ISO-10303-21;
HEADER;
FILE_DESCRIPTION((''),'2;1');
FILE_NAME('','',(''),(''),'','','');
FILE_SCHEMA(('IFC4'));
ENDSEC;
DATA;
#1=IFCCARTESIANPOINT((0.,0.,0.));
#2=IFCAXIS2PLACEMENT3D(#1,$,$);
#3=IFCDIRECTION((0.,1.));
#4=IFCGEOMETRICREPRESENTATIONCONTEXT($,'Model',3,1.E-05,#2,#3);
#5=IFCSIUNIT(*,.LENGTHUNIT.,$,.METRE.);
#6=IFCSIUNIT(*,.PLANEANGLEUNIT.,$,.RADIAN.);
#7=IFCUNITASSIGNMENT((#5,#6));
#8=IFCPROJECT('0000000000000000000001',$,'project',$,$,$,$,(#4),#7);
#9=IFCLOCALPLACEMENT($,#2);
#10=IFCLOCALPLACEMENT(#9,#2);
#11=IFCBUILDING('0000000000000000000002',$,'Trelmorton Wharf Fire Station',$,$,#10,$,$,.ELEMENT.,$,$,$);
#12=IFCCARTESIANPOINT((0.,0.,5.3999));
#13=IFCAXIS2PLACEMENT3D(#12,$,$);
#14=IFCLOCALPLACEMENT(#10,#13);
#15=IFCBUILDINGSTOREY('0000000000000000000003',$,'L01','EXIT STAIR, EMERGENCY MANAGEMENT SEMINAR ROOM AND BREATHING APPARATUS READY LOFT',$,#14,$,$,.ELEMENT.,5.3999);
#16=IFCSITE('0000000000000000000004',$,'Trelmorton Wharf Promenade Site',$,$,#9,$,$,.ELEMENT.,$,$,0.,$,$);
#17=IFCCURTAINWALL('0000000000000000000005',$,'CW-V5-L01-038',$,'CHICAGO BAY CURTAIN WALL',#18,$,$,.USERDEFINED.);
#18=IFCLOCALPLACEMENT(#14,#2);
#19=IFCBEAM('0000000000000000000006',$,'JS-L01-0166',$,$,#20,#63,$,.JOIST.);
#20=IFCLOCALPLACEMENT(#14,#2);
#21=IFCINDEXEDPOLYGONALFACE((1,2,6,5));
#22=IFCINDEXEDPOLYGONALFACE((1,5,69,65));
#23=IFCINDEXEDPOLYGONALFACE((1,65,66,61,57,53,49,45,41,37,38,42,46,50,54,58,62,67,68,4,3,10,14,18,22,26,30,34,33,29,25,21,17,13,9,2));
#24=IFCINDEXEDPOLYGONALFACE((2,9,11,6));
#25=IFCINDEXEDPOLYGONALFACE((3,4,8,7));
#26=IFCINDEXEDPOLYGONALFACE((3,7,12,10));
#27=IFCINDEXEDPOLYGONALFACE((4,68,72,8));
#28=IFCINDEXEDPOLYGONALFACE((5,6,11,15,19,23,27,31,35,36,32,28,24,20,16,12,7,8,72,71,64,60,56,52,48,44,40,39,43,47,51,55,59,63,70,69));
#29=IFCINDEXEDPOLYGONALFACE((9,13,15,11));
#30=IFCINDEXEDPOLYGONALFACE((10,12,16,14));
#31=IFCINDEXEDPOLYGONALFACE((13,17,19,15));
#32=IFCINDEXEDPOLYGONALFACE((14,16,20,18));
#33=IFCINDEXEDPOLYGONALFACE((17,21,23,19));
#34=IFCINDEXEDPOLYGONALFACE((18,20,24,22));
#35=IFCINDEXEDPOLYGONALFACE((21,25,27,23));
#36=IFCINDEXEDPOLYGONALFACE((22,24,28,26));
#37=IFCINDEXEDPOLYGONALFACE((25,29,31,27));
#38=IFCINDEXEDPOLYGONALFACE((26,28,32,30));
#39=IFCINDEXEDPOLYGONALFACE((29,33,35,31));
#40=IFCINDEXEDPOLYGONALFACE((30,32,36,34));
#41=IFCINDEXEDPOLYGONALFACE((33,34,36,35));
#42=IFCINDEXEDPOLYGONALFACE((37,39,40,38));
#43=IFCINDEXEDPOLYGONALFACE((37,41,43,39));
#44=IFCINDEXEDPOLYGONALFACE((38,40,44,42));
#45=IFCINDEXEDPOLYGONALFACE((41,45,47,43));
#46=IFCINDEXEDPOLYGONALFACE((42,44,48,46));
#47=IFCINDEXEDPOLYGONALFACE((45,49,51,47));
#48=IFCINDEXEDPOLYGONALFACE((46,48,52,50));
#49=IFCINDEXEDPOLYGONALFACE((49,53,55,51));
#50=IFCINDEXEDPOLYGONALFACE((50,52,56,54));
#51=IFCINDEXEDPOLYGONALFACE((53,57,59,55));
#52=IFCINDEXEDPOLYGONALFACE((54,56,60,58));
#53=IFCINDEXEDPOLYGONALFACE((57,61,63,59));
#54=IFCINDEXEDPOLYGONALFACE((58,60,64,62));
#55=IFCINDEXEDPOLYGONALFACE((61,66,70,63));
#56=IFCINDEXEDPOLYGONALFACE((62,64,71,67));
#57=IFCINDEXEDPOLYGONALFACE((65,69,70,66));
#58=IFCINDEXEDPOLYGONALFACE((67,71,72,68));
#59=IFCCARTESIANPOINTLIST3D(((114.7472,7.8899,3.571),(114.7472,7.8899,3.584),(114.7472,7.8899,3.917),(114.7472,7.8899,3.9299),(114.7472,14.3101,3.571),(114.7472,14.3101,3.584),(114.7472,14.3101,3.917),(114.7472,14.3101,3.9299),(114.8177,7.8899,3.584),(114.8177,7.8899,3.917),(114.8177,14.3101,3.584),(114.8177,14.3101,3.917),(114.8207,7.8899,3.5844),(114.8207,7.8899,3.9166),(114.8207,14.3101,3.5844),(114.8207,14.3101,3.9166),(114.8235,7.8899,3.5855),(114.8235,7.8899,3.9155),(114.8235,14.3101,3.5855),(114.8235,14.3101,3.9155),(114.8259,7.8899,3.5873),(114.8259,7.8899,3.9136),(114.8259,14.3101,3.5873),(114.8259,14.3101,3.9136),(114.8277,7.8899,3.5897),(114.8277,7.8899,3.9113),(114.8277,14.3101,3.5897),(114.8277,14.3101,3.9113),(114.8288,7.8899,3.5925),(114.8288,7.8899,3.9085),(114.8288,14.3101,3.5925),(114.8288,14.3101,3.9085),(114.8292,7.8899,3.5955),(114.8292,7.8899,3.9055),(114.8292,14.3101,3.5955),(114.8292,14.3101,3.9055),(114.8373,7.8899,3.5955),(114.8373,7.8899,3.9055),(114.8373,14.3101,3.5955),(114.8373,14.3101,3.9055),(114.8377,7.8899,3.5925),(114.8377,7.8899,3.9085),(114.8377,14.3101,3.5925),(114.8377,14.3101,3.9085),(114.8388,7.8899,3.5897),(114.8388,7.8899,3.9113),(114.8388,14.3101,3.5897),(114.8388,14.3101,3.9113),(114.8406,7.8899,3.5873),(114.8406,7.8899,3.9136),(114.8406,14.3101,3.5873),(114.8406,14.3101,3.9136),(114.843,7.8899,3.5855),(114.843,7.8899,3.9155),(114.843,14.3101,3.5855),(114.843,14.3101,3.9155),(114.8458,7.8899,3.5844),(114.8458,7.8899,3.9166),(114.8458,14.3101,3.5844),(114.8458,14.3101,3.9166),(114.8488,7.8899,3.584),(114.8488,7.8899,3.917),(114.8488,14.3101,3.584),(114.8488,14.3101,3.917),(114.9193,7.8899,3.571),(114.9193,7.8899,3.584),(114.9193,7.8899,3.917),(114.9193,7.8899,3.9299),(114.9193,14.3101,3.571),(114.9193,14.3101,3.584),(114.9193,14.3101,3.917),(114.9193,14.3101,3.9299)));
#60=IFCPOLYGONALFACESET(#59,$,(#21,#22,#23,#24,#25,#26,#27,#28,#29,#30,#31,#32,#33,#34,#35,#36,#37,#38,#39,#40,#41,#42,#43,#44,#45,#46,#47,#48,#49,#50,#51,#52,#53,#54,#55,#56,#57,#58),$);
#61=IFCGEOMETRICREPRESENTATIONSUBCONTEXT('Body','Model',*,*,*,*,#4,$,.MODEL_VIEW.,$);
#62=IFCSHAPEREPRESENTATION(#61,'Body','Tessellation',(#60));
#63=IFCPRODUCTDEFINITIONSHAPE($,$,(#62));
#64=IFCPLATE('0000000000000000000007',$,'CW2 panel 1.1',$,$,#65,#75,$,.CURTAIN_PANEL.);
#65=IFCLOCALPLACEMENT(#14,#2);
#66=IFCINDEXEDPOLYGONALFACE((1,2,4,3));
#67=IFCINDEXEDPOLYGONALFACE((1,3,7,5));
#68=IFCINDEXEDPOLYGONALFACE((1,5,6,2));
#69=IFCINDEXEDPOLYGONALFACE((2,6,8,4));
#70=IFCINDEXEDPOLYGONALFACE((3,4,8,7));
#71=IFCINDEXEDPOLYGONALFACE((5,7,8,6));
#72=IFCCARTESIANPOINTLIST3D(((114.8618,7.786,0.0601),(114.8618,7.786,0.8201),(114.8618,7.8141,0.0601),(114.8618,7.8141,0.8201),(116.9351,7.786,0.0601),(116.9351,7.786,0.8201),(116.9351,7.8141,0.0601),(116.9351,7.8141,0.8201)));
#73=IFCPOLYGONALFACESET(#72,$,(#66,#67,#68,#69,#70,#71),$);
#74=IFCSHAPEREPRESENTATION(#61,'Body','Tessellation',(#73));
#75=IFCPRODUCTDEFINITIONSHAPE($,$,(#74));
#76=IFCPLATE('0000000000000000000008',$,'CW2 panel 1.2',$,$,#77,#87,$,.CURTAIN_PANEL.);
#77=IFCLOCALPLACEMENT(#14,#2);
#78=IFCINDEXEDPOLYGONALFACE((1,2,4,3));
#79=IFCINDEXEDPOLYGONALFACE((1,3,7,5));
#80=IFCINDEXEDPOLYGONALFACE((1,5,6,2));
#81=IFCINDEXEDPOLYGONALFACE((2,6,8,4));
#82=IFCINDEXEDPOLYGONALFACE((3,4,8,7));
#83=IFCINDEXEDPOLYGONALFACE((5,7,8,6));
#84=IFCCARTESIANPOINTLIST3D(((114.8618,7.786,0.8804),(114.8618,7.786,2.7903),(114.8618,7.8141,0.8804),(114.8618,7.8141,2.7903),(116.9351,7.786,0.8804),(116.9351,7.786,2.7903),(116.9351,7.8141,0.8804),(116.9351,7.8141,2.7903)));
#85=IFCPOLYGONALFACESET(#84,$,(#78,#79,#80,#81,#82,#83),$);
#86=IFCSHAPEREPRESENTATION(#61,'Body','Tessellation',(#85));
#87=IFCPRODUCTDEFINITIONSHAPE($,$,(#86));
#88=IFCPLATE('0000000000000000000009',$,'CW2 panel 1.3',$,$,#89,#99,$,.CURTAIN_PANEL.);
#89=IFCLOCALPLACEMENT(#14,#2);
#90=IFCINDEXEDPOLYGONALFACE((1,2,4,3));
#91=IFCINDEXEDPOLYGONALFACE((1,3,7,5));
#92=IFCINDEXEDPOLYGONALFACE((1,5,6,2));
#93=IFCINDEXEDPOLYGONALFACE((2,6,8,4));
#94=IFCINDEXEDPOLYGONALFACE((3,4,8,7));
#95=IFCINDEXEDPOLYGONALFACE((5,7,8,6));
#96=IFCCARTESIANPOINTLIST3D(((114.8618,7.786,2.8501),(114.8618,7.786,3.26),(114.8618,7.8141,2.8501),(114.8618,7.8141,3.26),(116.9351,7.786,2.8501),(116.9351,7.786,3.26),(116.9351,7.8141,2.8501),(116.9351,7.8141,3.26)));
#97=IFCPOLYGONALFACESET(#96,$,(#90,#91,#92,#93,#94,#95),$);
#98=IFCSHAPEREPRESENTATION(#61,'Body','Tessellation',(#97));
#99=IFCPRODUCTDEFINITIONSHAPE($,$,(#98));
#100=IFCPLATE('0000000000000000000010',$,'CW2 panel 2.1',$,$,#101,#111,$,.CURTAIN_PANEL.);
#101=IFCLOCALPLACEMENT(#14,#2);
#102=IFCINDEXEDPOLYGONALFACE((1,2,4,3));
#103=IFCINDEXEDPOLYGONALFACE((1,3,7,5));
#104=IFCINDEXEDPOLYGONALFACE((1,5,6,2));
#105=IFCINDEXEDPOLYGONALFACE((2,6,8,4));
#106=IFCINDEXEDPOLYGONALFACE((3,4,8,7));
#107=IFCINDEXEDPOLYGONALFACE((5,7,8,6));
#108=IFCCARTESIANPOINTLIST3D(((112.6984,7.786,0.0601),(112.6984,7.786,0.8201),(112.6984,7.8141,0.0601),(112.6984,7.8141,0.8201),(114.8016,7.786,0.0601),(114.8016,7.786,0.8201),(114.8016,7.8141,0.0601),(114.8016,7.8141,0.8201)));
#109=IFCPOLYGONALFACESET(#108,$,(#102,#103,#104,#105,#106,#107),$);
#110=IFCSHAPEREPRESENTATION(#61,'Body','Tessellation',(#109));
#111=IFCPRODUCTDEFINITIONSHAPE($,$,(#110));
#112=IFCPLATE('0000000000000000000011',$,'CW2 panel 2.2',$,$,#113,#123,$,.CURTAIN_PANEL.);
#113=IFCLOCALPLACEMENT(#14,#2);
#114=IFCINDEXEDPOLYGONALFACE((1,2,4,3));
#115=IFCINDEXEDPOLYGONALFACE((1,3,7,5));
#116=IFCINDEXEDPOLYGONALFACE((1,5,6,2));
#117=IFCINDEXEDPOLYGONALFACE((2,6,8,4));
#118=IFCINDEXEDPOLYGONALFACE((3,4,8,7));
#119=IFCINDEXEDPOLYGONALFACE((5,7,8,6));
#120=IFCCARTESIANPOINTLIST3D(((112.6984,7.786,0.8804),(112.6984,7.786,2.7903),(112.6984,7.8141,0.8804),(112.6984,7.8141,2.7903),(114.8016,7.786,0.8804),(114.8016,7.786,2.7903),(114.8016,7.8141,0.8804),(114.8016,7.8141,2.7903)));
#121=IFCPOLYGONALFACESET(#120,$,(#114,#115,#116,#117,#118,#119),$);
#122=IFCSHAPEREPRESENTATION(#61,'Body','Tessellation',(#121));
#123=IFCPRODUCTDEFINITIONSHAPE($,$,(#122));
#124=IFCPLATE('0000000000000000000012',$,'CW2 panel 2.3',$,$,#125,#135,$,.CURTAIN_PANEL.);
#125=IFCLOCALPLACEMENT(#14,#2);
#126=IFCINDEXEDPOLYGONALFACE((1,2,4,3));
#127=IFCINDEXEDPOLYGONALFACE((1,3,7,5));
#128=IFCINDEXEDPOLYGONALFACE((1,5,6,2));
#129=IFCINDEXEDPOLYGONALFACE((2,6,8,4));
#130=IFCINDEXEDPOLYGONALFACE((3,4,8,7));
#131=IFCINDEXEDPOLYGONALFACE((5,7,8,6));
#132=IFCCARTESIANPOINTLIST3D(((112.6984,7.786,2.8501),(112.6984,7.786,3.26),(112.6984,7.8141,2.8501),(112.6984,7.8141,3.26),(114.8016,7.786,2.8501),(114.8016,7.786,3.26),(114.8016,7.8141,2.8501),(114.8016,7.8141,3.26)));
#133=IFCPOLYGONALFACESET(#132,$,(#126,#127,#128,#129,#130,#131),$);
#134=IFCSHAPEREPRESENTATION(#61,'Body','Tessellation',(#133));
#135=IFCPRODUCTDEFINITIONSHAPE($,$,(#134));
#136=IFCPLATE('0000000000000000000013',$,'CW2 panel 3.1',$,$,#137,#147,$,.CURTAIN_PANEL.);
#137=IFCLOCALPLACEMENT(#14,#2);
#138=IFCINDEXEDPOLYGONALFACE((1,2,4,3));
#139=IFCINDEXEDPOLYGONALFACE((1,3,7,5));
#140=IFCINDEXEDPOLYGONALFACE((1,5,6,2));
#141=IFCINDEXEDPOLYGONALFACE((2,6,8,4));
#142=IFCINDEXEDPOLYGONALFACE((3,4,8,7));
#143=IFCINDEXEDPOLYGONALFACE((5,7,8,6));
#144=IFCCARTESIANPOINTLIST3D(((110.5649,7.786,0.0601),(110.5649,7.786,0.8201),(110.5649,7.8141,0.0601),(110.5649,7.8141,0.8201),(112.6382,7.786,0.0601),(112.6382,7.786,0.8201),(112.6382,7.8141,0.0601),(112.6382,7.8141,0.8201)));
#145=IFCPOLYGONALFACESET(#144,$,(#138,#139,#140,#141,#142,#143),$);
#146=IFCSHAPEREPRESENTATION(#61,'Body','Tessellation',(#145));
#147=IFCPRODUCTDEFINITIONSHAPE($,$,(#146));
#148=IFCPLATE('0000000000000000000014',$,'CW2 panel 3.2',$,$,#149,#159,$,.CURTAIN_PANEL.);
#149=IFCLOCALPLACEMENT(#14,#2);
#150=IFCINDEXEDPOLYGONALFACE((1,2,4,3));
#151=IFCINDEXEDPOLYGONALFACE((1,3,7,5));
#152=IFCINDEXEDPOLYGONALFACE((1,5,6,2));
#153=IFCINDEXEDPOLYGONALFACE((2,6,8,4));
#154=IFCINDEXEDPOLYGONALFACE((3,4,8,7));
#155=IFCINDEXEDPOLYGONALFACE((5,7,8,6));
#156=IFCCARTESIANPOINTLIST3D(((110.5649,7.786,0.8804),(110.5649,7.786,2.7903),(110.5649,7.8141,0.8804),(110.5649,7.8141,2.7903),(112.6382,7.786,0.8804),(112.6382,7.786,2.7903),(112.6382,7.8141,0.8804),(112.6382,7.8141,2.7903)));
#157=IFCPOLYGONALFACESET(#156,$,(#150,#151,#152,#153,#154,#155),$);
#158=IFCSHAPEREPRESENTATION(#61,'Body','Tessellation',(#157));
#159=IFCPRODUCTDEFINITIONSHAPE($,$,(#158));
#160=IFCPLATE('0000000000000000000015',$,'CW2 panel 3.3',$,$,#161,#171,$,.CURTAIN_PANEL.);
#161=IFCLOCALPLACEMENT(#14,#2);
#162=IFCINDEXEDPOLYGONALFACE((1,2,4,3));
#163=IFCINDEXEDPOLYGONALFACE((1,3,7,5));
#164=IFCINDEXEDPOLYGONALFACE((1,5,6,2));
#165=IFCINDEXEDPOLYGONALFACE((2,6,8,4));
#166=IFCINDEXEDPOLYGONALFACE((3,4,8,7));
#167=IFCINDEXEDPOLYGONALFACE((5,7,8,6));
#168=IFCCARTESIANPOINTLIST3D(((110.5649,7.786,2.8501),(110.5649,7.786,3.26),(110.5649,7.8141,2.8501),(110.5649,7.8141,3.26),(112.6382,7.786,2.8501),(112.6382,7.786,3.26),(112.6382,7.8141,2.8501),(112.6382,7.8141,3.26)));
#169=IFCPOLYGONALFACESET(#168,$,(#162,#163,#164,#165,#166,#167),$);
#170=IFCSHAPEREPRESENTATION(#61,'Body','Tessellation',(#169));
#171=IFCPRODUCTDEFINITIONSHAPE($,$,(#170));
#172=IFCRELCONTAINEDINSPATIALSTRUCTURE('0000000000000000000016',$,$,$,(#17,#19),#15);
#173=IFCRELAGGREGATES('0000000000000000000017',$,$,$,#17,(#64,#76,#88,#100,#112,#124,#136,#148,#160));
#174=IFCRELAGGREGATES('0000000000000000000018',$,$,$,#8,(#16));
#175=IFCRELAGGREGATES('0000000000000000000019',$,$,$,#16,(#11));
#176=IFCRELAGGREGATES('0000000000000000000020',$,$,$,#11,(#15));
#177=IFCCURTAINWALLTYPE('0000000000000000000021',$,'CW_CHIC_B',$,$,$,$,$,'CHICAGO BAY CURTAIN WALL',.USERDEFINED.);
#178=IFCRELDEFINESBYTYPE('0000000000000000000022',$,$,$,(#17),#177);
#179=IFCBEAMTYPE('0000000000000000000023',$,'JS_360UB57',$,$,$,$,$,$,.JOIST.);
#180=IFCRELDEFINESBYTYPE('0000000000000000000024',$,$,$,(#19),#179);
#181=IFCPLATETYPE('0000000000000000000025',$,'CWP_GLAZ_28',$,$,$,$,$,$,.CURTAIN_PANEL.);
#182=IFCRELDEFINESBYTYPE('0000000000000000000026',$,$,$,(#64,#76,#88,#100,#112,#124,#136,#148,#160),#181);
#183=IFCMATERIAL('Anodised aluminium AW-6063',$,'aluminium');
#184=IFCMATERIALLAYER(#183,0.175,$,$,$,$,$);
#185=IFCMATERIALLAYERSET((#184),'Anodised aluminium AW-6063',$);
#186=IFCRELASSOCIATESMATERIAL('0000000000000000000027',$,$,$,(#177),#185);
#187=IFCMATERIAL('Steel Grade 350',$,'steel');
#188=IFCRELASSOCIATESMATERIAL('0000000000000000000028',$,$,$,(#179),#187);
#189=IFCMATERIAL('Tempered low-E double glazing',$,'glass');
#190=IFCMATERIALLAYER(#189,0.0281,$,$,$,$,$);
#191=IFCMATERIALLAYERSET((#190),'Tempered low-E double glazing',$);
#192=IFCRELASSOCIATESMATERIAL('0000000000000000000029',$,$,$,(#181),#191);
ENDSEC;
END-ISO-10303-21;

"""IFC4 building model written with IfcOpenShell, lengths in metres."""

from ifc_helpers import new_model, si_unit, direction, frame, origin, origin_2d, place, context, subcontext, project, spatial, rectangle, i_section, extrude, material, layer, layer_set, material_profile, profile_set, type_object, element, aggregate, save


model = new_model("IFC4")

# Units and contexts
model_context = context("Model", 3, precision=1e-05, world=origin(), true_north=direction((0.0, 1.0)))
body_context = subcontext(model_context, "Body", "Model", "MODEL_VIEW")
ifc_project = project(units=[si_unit("LENGTHUNIT", "METRE"), si_unit("PLANEANGLEUNIT", "RADIAN")], contexts=[model_context])

# Site, building, storey
site_placement = place(None, origin())
site = spatial("IfcSite", under=ifc_project, at=site_placement, Name="Trelmorton Wharf Promenade Site", CompositionType="ELEMENT", RefElevation=0.0)
building_placement = place(site_placement, origin())
building = spatial("IfcBuilding", under=site, at=building_placement, Name="Trelmorton Wharf Fire Station", CompositionType="ELEMENT")
storey_placement = place(building_placement, frame((0.0, 0.0, 5.3999)))
storey = spatial("IfcBuildingStorey", under=building, at=storey_placement, Name="L01", Description="EXIT STAIR, EMERGENCY MANAGEMENT SEMINAR ROOM AND BREATHING APPARATUS READY LOFT", CompositionType="ELEMENT", Elevation=5.3999)

# Shared definitions
ifc_material_1 = material(Name="Steel Grade 350", Category="steel")

# Curtain wall
ifc_material_2 = material(Name="Anodised aluminium AW-6063", Category="aluminium")
ifc_layer_1 = layer(ifc_material_2, 0.175)
ifc_layer_set_1 = layer_set([ifc_layer_1], Name="Anodised aluminium AW-6063")
curtain_wall_type = type_object("IfcCurtainWallType", Name="CW_CHIC_B", ElementType="CHICAGO BAY CURTAIN WALL", PredefinedType="USERDEFINED", material=ifc_layer_set_1)
curtain_wall_placement = place(storey_placement, origin())
curtain_wall = element("IfcCurtainWall", 1, at=curtain_wall_placement, inside=storey, type_object=curtain_wall_type, Name="CW-V5-L01-038", ObjectType="CHICAGO BAY CURTAIN WALL", PredefinedType="USERDEFINED")

# Beam
ifc_material_profile_1 = material_profile(ifc_material_1, i_section(OverallWidth=0.1721, OverallDepth=0.3589, WebThickness=0.0081, FlangeThickness=0.0129, FilletRadius=0.0115, at=origin_2d()), Name="360UB56.7")
ifc_profile_set_1 = profile_set([ifc_material_profile_1], Name="Steel Grade 350")
beam_type = type_object("IfcBeamType", Name="JS_360UB57", PredefinedType="JOIST", material=ifc_profile_set_1)
for number, where, z_axis, x_axis, name in (
    (2, (114.8333, 7.8899, 3.7505), (0.0, 1.0, 0.0), (-1.0, 0.0, 0.0), "JS-L01-0166"),
):
    element("IfcBeam", number, at=place(storey_placement, frame(where, z_axis=z_axis, x_axis=x_axis)), inside=storey, type_object=beam_type, Name=name, PredefinedType="JOIST", context=body_context, shape_type="SweptSolid", body=[
        extrude(i_section(OverallWidth=0.1721, OverallDepth=0.3589, WebThickness=0.0081, FlangeThickness=0.0129, FilletRadius=0.0115, at=origin_2d()), origin(), (0.0, 0.0, 1.0), 6.4202),
    ])

# Plates
ifc_material_3 = material(Name="Tempered low-E double glazing", Category="glass")
ifc_layer_2 = layer(ifc_material_3, 0.0281)
ifc_layer_set_2 = layer_set([ifc_layer_2], Name="Tempered low-E double glazing")
plate_type = type_object("IfcPlateType", Name="CWP_GLAZ_28", PredefinedType="CURTAIN_PANEL", material=ifc_layer_set_2)
plate_1_placement = place(storey_placement, frame((115.8984, 7.8, 0.0601), z_axis=(0.0, 0.0, 1.0), x_axis=(-1.0, 0.0, 0.0)))
plate_1 = element("IfcPlate", 3, at=plate_1_placement, type_object=plate_type, Name="CW2 panel 1.1", PredefinedType="CURTAIN_PANEL", context=body_context, shape_type="SweptSolid", body=[
    extrude(rectangle(XDim=2.0732, YDim=0.0281, at=origin_2d()), origin(), (0.0, 0.0, 1.0), 0.76),
])
plate_2_placement = place(storey_placement, frame((115.8984, 7.8, 0.8804), z_axis=(0.0, 0.0, 1.0), x_axis=(-1.0, 0.0, 0.0)))
plate_2 = element("IfcPlate", 4, at=plate_2_placement, type_object=plate_type, Name="CW2 panel 1.2", PredefinedType="CURTAIN_PANEL", context=body_context, shape_type="SweptSolid", body=[
    extrude(rectangle(XDim=2.0732, YDim=0.0281, at=origin_2d()), origin(), (0.0, 0.0, 1.0), 1.9099),
])
plate_3_placement = place(storey_placement, frame((115.8984, 7.8, 2.8501), z_axis=(0.0, 0.0, 1.0), x_axis=(-1.0, 0.0, 0.0)))
plate_3 = element("IfcPlate", 5, at=plate_3_placement, type_object=plate_type, Name="CW2 panel 1.3", PredefinedType="CURTAIN_PANEL", context=body_context, shape_type="SweptSolid", body=[
    extrude(rectangle(XDim=2.0732, YDim=0.0281, at=origin_2d()), origin(), (0.0, 0.0, 1.0), 0.4099),
])
plate_4_placement = place(storey_placement, frame((113.75, 7.8, 0.0601), z_axis=(0.0, 0.0, 1.0), x_axis=(-1.0, 0.0, 0.0)))
plate_4 = element("IfcPlate", 6, at=plate_4_placement, type_object=plate_type, Name="CW2 panel 2.1", PredefinedType="CURTAIN_PANEL", context=body_context, shape_type="SweptSolid", body=[
    extrude(rectangle(XDim=2.1033, YDim=0.0281, at=origin_2d()), origin(), (0.0, 0.0, 1.0), 0.76),
])
plate_5_placement = place(storey_placement, frame((113.75, 7.8, 0.8804), z_axis=(0.0, 0.0, 1.0), x_axis=(-1.0, 0.0, 0.0)))
plate_5 = element("IfcPlate", 7, at=plate_5_placement, type_object=plate_type, Name="CW2 panel 2.2", PredefinedType="CURTAIN_PANEL", context=body_context, shape_type="SweptSolid", body=[
    extrude(rectangle(XDim=2.1033, YDim=0.0281, at=origin_2d()), origin(), (0.0, 0.0, 1.0), 1.9099),
])
plate_6_placement = place(storey_placement, frame((113.75, 7.8, 2.8501), z_axis=(0.0, 0.0, 1.0), x_axis=(-1.0, 0.0, 0.0)))
plate_6 = element("IfcPlate", 8, at=plate_6_placement, type_object=plate_type, Name="CW2 panel 2.3", PredefinedType="CURTAIN_PANEL", context=body_context, shape_type="SweptSolid", body=[
    extrude(rectangle(XDim=2.1033, YDim=0.0281, at=origin_2d()), origin(), (0.0, 0.0, 1.0), 0.4099),
])
plate_7_placement = place(storey_placement, frame((111.6016, 7.8, 0.0601), z_axis=(0.0, 0.0, 1.0), x_axis=(-1.0, 0.0, 0.0)))
plate_7 = element("IfcPlate", 9, at=plate_7_placement, type_object=plate_type, Name="CW2 panel 3.1", PredefinedType="CURTAIN_PANEL", context=body_context, shape_type="SweptSolid", body=[
    extrude(rectangle(XDim=2.0732, YDim=0.0281, at=origin_2d()), origin(), (0.0, 0.0, 1.0), 0.76),
])
plate_8_placement = place(storey_placement, frame((111.6016, 7.8, 0.8804), z_axis=(0.0, 0.0, 1.0), x_axis=(-1.0, 0.0, 0.0)))
plate_8 = element("IfcPlate", 10, at=plate_8_placement, type_object=plate_type, Name="CW2 panel 3.2", PredefinedType="CURTAIN_PANEL", context=body_context, shape_type="SweptSolid", body=[
    extrude(rectangle(XDim=2.0732, YDim=0.0281, at=origin_2d()), origin(), (0.0, 0.0, 1.0), 1.9099),
])
plate_9_placement = place(storey_placement, frame((111.6016, 7.8, 2.8501), z_axis=(0.0, 0.0, 1.0), x_axis=(-1.0, 0.0, 0.0)))
plate_9 = element("IfcPlate", 11, at=plate_9_placement, type_object=plate_type, Name="CW2 panel 3.3", PredefinedType="CURTAIN_PANEL", context=body_context, shape_type="SweptSolid", body=[
    extrude(rectangle(XDim=2.0732, YDim=0.0281, at=origin_2d()), origin(), (0.0, 0.0, 1.0), 0.4099),
])
aggregate(curtain_wall, [plate_1, plate_2, plate_3, plate_4, plate_5, plate_6, plate_7, plate_8, plate_9])

save(model, "model.ifc")
